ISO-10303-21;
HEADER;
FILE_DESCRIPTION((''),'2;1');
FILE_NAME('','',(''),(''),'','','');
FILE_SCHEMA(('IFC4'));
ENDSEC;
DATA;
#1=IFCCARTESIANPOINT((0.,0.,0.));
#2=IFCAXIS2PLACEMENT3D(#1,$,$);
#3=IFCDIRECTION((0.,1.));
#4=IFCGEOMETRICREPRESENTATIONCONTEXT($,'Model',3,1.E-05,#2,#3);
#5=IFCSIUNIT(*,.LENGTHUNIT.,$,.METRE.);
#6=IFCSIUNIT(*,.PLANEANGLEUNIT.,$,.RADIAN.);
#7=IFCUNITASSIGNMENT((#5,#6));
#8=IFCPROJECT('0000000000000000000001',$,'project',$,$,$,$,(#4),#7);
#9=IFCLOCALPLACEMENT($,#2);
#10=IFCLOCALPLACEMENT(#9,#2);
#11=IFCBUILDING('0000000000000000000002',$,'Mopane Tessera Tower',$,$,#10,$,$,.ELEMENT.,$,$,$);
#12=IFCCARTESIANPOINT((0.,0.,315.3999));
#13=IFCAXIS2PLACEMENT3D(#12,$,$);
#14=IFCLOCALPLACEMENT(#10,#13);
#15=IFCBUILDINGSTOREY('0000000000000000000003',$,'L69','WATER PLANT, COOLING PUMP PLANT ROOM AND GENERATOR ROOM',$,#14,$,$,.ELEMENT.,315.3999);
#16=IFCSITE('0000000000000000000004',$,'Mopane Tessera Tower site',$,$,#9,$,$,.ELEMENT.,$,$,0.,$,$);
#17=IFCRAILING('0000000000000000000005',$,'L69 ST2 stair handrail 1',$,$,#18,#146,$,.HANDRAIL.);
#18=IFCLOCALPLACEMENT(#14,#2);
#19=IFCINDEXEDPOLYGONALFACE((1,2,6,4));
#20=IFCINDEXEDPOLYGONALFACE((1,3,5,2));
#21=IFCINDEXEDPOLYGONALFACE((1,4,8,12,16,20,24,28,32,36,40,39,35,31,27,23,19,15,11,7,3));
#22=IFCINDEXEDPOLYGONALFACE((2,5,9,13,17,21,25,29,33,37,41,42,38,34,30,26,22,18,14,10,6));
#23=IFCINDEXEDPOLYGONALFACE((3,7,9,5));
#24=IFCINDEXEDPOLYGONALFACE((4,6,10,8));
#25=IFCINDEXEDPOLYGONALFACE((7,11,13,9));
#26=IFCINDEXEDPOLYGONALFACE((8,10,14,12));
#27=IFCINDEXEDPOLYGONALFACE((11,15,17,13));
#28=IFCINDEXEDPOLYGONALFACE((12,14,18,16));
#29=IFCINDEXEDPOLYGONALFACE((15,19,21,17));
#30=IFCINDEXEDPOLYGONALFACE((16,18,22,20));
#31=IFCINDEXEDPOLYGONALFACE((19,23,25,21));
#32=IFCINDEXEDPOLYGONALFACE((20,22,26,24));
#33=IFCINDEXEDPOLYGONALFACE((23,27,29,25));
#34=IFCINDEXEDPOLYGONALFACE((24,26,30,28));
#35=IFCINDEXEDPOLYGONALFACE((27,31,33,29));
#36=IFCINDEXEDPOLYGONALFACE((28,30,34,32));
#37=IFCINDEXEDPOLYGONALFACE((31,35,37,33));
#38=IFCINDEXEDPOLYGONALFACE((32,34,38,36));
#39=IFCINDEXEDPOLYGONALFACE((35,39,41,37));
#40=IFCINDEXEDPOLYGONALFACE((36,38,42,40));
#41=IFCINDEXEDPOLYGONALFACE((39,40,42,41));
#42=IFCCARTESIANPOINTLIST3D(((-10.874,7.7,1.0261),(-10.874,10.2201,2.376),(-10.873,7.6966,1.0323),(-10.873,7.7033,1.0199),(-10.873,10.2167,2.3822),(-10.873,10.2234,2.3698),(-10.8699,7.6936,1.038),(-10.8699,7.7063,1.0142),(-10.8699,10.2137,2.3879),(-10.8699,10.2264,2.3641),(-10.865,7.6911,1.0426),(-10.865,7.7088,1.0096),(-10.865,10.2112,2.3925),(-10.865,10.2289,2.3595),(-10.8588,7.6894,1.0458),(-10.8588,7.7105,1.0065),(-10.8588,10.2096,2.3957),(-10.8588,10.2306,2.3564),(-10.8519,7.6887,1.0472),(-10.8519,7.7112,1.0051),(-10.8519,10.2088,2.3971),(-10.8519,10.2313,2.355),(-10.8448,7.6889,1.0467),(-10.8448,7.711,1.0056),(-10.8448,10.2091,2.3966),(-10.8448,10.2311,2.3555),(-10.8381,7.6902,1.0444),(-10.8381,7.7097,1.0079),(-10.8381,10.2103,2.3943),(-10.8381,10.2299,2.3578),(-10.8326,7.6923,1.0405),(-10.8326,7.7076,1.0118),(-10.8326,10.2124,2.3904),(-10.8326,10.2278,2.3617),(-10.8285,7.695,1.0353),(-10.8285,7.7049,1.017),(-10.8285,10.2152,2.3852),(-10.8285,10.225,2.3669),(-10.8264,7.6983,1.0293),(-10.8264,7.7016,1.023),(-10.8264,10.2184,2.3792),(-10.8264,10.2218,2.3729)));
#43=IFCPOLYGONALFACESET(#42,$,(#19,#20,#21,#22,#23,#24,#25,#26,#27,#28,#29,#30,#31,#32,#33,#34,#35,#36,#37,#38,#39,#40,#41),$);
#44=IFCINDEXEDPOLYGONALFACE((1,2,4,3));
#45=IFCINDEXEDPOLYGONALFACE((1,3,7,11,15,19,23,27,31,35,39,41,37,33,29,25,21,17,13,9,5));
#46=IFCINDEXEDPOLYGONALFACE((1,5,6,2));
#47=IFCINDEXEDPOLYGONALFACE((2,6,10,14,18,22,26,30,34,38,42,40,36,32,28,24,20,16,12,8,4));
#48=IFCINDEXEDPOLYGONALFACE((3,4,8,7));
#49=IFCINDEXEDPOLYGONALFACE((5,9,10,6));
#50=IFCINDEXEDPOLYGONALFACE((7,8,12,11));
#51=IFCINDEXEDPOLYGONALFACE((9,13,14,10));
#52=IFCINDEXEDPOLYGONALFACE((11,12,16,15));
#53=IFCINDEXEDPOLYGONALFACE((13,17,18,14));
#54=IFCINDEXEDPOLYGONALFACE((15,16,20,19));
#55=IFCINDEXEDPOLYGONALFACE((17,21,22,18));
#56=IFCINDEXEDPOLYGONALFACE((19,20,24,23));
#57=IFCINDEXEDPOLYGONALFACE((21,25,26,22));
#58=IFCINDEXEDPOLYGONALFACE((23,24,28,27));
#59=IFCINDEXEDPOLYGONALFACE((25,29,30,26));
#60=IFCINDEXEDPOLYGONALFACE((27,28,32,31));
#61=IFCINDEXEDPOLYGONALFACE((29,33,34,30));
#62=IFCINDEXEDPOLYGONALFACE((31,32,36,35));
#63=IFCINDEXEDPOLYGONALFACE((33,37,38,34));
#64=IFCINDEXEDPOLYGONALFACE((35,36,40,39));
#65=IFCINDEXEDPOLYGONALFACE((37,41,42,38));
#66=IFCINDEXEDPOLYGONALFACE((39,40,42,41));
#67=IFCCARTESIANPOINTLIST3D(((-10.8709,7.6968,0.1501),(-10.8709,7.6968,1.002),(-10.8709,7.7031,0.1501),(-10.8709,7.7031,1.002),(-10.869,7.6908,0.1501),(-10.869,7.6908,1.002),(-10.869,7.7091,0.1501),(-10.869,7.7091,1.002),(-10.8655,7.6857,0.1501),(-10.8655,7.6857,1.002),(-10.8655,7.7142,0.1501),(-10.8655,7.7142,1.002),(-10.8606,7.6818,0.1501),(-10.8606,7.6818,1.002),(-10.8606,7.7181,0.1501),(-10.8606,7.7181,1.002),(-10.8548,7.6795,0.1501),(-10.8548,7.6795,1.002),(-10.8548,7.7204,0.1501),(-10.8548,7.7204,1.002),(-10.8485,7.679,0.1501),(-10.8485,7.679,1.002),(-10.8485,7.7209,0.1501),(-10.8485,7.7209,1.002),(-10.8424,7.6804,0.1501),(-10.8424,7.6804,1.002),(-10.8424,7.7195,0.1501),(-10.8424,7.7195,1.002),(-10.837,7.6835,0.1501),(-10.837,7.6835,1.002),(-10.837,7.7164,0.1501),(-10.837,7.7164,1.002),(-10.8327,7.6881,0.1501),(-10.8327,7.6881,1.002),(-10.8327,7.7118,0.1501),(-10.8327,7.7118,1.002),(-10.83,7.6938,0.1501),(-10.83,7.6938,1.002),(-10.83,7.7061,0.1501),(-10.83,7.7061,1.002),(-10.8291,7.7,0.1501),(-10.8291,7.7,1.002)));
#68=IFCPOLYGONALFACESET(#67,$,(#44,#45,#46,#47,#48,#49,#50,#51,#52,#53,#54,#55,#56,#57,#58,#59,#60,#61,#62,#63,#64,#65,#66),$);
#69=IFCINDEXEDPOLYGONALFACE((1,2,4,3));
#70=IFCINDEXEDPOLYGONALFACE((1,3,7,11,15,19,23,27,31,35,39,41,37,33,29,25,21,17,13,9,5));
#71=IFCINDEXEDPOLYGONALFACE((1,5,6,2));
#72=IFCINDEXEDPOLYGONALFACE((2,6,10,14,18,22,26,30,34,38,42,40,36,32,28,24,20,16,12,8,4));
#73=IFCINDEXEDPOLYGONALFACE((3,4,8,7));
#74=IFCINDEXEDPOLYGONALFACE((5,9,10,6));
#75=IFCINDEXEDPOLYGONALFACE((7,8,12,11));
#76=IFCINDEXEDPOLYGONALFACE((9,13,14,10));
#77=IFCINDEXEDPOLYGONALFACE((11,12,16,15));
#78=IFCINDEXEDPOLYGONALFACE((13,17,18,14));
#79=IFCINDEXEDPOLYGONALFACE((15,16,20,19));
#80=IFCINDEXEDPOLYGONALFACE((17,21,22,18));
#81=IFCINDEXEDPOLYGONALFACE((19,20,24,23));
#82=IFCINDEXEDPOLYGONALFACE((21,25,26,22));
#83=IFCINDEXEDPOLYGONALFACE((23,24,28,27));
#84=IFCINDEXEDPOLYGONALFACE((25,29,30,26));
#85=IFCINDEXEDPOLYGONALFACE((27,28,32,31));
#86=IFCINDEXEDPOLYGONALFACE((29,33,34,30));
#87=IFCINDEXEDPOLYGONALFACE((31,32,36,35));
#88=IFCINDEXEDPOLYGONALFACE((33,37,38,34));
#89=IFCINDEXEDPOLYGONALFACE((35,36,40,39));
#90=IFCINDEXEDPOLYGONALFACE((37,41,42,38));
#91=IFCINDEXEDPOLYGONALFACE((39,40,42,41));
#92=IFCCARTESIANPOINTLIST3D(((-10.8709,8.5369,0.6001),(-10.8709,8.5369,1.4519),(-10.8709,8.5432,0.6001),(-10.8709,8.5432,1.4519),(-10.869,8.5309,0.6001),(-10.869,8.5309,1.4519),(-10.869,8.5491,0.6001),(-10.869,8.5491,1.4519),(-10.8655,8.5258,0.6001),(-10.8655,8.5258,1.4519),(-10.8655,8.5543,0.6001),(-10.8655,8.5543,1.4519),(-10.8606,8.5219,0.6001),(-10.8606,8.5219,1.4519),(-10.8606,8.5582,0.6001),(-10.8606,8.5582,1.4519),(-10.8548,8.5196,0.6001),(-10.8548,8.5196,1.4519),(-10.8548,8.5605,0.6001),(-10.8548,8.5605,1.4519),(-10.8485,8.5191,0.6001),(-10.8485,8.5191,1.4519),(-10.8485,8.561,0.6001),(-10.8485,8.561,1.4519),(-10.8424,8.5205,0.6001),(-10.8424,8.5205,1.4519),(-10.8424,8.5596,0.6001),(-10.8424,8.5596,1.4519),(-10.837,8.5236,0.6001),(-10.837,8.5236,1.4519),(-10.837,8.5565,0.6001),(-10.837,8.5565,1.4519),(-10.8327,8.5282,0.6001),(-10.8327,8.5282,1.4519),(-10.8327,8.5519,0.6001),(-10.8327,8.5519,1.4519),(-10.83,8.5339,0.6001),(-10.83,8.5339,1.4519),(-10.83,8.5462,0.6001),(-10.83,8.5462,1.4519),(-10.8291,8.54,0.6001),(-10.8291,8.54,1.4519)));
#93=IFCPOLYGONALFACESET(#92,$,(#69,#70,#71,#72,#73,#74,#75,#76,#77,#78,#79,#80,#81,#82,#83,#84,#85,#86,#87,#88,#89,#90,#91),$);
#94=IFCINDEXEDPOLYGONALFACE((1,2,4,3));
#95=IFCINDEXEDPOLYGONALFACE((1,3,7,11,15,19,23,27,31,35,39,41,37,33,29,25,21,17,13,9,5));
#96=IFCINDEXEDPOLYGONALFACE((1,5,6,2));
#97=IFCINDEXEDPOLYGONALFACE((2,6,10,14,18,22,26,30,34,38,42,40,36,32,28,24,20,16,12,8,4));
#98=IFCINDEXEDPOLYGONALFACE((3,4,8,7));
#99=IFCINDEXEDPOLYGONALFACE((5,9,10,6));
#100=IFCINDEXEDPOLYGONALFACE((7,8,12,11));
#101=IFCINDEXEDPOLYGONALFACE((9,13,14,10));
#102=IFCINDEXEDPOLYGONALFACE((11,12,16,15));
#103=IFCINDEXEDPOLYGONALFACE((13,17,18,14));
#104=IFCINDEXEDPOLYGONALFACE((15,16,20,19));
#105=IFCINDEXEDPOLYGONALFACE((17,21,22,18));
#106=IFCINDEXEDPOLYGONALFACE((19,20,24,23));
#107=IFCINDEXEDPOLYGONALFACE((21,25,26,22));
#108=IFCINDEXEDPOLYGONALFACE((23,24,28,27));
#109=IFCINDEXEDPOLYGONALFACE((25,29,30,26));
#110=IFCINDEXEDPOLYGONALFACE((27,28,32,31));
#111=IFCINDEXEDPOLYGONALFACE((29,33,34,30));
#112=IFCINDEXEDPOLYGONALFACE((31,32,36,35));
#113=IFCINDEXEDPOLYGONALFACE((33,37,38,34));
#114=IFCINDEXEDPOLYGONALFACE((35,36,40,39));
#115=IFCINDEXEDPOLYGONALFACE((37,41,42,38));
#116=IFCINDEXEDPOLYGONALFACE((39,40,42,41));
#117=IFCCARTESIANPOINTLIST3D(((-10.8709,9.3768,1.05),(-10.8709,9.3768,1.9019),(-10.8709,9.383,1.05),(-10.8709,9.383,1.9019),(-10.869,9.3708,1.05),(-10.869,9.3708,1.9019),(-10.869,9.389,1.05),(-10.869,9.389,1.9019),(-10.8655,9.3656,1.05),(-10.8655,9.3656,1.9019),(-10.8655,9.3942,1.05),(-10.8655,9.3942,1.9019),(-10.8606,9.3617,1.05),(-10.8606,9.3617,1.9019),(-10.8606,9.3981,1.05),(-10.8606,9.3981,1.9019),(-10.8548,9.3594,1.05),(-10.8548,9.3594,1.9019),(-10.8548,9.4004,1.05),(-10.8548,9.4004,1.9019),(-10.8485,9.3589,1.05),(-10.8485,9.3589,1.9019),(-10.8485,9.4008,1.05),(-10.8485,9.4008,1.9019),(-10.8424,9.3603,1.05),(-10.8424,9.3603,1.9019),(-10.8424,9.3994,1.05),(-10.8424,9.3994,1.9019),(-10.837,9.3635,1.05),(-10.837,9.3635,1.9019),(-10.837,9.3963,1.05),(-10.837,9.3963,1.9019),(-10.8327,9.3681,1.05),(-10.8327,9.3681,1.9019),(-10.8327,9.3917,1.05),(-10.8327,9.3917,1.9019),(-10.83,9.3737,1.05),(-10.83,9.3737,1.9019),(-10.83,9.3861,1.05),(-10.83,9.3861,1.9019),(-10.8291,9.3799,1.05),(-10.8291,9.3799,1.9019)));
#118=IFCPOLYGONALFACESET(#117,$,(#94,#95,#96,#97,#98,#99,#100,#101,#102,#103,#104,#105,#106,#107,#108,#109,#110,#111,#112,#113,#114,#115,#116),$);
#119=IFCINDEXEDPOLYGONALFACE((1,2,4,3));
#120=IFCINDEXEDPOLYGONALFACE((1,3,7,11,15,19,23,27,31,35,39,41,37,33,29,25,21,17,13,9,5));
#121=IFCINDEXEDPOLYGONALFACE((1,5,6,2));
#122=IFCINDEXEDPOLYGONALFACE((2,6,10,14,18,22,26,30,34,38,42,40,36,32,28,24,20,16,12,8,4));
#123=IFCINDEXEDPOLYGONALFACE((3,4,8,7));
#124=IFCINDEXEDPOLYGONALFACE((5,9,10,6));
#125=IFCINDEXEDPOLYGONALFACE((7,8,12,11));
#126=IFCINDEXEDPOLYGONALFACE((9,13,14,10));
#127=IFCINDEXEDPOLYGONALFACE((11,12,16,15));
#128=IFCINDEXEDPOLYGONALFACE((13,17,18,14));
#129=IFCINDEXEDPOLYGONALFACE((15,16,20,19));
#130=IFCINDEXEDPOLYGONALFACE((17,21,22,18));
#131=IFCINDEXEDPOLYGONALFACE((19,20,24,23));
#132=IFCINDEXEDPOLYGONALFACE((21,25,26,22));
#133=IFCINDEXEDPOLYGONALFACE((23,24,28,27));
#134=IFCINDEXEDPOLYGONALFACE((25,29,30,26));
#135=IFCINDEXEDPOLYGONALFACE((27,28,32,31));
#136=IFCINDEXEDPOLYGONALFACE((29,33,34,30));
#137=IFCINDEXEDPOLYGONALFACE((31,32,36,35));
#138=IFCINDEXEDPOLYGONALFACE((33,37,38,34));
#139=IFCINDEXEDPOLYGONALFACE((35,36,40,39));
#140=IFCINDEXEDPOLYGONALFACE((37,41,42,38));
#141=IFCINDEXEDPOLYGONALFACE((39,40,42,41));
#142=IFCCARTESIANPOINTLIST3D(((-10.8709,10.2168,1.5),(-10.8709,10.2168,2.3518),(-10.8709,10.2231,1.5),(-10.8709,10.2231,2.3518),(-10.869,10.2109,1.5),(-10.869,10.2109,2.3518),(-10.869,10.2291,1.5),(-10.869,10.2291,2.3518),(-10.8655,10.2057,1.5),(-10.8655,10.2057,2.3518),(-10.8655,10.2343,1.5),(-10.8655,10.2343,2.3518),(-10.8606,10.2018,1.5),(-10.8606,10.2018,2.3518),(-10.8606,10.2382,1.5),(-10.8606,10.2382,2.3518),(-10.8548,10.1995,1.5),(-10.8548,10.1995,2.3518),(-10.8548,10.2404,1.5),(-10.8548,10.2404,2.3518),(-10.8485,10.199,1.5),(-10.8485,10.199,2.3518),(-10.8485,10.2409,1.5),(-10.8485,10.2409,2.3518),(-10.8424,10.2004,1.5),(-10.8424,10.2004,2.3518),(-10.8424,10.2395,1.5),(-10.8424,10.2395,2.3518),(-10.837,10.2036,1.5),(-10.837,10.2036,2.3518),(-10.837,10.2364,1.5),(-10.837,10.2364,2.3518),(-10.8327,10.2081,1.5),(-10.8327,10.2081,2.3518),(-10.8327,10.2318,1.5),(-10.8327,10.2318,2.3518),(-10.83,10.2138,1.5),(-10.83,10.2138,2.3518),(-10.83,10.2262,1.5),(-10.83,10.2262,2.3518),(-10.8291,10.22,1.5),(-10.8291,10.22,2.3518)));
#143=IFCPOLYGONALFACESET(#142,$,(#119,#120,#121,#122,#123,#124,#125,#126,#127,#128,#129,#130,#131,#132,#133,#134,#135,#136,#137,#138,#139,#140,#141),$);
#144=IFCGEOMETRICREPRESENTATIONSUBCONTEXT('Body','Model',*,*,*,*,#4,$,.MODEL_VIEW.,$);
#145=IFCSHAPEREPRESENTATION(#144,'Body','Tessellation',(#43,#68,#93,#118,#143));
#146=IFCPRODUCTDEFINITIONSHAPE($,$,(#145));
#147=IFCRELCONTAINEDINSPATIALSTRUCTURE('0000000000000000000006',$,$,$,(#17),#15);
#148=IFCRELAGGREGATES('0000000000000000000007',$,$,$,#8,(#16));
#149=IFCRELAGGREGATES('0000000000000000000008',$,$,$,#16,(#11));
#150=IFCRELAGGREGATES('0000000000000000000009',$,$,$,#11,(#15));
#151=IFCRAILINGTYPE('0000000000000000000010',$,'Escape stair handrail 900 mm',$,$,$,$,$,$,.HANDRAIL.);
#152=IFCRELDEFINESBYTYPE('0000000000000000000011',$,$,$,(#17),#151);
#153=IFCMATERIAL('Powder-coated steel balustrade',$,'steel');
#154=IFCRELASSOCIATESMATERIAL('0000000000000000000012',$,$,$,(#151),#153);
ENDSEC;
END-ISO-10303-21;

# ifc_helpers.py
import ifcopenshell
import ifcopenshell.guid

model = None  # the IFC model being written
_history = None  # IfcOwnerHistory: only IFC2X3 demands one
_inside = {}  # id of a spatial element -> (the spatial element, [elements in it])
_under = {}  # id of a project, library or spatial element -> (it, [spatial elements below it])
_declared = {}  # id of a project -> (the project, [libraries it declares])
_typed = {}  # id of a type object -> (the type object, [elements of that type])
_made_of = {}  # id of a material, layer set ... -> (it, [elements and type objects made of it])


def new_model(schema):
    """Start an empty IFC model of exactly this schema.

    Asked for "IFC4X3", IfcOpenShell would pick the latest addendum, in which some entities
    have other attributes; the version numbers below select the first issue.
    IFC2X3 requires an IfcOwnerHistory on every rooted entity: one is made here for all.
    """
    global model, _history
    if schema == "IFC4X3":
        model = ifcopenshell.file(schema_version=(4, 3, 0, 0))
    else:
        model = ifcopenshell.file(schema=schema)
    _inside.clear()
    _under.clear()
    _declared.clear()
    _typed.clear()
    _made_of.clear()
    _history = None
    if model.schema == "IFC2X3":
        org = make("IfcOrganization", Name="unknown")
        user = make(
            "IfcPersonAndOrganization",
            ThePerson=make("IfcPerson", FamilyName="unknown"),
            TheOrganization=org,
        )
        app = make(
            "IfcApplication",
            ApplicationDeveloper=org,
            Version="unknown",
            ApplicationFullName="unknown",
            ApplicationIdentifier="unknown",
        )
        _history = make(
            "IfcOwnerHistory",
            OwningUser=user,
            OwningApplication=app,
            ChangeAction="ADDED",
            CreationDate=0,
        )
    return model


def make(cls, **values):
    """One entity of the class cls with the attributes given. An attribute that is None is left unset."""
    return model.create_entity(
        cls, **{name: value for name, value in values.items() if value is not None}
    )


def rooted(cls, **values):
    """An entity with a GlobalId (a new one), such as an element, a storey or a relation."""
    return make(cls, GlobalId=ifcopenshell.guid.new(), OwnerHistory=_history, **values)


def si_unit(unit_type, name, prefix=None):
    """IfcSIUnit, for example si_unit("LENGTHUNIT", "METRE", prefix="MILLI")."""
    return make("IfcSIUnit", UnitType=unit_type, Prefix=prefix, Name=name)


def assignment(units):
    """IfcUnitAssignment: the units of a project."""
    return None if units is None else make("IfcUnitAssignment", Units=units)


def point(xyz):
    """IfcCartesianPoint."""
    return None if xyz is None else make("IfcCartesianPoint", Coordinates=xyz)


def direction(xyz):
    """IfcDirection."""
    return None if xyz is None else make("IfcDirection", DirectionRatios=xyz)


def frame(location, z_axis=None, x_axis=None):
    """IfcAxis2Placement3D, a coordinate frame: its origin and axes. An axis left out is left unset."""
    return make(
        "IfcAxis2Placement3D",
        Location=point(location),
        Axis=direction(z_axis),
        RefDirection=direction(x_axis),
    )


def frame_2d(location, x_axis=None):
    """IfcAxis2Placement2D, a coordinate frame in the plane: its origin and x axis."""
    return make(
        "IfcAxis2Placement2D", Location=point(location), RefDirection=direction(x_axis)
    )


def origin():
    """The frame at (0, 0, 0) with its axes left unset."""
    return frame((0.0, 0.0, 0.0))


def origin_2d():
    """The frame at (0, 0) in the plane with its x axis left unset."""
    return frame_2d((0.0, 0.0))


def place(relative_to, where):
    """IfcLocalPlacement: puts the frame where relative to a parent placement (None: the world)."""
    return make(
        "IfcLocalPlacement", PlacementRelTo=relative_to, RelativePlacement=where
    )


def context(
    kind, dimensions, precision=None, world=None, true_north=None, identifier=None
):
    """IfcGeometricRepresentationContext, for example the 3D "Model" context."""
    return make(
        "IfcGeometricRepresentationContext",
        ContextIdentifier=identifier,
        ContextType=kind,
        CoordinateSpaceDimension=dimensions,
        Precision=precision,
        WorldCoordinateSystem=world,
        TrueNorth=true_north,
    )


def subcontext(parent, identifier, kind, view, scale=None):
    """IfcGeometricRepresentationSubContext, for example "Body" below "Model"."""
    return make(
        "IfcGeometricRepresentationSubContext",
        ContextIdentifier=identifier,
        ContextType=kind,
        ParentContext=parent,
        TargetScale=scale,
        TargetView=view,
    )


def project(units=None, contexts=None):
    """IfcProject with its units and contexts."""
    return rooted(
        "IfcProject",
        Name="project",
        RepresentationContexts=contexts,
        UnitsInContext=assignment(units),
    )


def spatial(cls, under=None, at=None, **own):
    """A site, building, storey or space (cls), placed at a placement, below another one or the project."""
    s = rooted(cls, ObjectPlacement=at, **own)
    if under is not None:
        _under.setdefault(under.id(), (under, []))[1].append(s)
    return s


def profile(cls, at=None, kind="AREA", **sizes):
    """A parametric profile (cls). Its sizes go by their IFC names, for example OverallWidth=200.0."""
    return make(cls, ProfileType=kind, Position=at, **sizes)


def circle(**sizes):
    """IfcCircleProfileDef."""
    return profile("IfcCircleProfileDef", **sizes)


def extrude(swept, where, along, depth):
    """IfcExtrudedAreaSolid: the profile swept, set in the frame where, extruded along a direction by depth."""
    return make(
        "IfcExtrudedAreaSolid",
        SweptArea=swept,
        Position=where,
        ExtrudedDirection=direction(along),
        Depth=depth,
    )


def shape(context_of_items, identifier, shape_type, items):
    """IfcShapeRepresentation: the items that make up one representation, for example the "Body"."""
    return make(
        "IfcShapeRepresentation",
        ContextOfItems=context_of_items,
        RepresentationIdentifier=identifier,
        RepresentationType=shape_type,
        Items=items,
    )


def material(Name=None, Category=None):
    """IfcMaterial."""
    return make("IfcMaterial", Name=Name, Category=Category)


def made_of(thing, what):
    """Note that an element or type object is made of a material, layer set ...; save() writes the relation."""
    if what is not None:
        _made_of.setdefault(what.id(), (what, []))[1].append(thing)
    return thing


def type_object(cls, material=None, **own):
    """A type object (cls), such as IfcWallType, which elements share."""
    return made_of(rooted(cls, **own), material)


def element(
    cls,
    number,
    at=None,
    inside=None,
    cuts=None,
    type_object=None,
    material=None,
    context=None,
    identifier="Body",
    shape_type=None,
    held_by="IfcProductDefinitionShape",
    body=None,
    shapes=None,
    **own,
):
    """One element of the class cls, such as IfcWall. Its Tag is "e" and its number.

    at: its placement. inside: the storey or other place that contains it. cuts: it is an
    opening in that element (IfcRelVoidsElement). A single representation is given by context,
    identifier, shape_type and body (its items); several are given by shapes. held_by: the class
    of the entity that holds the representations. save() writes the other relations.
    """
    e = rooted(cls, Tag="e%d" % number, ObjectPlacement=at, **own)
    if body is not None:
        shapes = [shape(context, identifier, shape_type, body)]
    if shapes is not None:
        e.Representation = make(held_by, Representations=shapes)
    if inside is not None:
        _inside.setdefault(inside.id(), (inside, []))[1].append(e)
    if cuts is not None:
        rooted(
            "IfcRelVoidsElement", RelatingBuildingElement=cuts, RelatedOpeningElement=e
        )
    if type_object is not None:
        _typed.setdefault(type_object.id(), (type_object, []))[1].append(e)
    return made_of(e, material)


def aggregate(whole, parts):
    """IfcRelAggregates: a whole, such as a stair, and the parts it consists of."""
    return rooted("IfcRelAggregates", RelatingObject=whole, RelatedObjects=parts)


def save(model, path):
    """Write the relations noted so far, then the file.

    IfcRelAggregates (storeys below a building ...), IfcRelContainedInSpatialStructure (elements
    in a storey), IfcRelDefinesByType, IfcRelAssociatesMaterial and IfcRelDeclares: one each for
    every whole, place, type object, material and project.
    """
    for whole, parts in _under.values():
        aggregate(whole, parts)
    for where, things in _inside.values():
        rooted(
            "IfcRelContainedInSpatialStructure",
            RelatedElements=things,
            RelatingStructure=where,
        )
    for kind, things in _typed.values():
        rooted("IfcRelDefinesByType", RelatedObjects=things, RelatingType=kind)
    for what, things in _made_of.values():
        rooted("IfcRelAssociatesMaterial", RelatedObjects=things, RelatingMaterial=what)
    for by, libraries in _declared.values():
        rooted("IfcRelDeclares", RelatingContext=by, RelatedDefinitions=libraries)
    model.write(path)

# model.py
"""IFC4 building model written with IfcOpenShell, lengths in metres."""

from ifc_helpers import new_model, si_unit, direction, frame, origin, origin_2d, place, context, subcontext, project, spatial, circle, extrude, material, type_object, element, save


model = new_model("IFC4")

# Units and contexts
model_context = context("Model", 3, precision=1e-05, world=origin(), true_north=direction((0.0, 1.0)))
body_context = subcontext(model_context, "Body", "Model", "MODEL_VIEW")
ifc_project = project(units=[si_unit("LENGTHUNIT", "METRE"), si_unit("PLANEANGLEUNIT", "RADIAN")], contexts=[model_context])

# Site, building, storey
site_placement = place(None, origin())
site = spatial("IfcSite", under=ifc_project, at=site_placement, Name="Mopane Tessera Tower site", CompositionType="ELEMENT", RefElevation=0.0)
building_placement = place(site_placement, origin())
building = spatial("IfcBuilding", under=site, at=building_placement, Name="Mopane Tessera Tower", CompositionType="ELEMENT")
storey_placement = place(building_placement, frame((0.0, 0.0, 315.3999)))
storey = spatial("IfcBuildingStorey", under=building, at=storey_placement, Name="L69", Description="WATER PLANT, COOLING PUMP PLANT ROOM AND GENERATOR ROOM", CompositionType="ELEMENT", Elevation=315.3999)

# Railing
ifc_material_1 = material(Name="Powder-coated steel balustrade", Category="steel")
railing_type = type_object("IfcRailingType", Name="Escape stair handrail 900 mm", PredefinedType="HANDRAIL", material=ifc_material_1)
for number, where, name in (
    (1, (-10.8501, 7.7, 0.1501), "L69 ST2 stair handrail 1"),
):
    element("IfcRailing", number, at=place(storey_placement, frame(where)), inside=storey, type_object=railing_type, Name=name, PredefinedType="HANDRAIL", context=body_context, shape_type="SweptSolid", body=[
        extrude(circle(Radius=0.0239, at=origin_2d()), frame((0.0, 0.0, 0.876), z_axis=(0.0, 0.881503, 0.472179), x_axis=(-1.0, 0.0, 0.0)), (0.0, 0.0, 1.0), 2.8589),
        extrude(circle(Radius=0.021, at=origin_2d()), origin(), (0.0, 0.0, 1.0), 0.8518),
        extrude(circle(Radius=0.021, at=origin_2d()), frame((0.0, 0.8401, 0.45)), (0.0, 0.0, 1.0), 0.8518),
        extrude(circle(Radius=0.021, at=origin_2d()), frame((0.0, 1.6799, 0.8999)), (0.0, 0.0, 1.0), 0.8518),
        extrude(circle(Radius=0.021, at=origin_2d()), frame((0.0, 2.52, 1.3499)), (0.0, 0.0, 1.0), 0.8518),
    ])

save(model, "model.ifc")
